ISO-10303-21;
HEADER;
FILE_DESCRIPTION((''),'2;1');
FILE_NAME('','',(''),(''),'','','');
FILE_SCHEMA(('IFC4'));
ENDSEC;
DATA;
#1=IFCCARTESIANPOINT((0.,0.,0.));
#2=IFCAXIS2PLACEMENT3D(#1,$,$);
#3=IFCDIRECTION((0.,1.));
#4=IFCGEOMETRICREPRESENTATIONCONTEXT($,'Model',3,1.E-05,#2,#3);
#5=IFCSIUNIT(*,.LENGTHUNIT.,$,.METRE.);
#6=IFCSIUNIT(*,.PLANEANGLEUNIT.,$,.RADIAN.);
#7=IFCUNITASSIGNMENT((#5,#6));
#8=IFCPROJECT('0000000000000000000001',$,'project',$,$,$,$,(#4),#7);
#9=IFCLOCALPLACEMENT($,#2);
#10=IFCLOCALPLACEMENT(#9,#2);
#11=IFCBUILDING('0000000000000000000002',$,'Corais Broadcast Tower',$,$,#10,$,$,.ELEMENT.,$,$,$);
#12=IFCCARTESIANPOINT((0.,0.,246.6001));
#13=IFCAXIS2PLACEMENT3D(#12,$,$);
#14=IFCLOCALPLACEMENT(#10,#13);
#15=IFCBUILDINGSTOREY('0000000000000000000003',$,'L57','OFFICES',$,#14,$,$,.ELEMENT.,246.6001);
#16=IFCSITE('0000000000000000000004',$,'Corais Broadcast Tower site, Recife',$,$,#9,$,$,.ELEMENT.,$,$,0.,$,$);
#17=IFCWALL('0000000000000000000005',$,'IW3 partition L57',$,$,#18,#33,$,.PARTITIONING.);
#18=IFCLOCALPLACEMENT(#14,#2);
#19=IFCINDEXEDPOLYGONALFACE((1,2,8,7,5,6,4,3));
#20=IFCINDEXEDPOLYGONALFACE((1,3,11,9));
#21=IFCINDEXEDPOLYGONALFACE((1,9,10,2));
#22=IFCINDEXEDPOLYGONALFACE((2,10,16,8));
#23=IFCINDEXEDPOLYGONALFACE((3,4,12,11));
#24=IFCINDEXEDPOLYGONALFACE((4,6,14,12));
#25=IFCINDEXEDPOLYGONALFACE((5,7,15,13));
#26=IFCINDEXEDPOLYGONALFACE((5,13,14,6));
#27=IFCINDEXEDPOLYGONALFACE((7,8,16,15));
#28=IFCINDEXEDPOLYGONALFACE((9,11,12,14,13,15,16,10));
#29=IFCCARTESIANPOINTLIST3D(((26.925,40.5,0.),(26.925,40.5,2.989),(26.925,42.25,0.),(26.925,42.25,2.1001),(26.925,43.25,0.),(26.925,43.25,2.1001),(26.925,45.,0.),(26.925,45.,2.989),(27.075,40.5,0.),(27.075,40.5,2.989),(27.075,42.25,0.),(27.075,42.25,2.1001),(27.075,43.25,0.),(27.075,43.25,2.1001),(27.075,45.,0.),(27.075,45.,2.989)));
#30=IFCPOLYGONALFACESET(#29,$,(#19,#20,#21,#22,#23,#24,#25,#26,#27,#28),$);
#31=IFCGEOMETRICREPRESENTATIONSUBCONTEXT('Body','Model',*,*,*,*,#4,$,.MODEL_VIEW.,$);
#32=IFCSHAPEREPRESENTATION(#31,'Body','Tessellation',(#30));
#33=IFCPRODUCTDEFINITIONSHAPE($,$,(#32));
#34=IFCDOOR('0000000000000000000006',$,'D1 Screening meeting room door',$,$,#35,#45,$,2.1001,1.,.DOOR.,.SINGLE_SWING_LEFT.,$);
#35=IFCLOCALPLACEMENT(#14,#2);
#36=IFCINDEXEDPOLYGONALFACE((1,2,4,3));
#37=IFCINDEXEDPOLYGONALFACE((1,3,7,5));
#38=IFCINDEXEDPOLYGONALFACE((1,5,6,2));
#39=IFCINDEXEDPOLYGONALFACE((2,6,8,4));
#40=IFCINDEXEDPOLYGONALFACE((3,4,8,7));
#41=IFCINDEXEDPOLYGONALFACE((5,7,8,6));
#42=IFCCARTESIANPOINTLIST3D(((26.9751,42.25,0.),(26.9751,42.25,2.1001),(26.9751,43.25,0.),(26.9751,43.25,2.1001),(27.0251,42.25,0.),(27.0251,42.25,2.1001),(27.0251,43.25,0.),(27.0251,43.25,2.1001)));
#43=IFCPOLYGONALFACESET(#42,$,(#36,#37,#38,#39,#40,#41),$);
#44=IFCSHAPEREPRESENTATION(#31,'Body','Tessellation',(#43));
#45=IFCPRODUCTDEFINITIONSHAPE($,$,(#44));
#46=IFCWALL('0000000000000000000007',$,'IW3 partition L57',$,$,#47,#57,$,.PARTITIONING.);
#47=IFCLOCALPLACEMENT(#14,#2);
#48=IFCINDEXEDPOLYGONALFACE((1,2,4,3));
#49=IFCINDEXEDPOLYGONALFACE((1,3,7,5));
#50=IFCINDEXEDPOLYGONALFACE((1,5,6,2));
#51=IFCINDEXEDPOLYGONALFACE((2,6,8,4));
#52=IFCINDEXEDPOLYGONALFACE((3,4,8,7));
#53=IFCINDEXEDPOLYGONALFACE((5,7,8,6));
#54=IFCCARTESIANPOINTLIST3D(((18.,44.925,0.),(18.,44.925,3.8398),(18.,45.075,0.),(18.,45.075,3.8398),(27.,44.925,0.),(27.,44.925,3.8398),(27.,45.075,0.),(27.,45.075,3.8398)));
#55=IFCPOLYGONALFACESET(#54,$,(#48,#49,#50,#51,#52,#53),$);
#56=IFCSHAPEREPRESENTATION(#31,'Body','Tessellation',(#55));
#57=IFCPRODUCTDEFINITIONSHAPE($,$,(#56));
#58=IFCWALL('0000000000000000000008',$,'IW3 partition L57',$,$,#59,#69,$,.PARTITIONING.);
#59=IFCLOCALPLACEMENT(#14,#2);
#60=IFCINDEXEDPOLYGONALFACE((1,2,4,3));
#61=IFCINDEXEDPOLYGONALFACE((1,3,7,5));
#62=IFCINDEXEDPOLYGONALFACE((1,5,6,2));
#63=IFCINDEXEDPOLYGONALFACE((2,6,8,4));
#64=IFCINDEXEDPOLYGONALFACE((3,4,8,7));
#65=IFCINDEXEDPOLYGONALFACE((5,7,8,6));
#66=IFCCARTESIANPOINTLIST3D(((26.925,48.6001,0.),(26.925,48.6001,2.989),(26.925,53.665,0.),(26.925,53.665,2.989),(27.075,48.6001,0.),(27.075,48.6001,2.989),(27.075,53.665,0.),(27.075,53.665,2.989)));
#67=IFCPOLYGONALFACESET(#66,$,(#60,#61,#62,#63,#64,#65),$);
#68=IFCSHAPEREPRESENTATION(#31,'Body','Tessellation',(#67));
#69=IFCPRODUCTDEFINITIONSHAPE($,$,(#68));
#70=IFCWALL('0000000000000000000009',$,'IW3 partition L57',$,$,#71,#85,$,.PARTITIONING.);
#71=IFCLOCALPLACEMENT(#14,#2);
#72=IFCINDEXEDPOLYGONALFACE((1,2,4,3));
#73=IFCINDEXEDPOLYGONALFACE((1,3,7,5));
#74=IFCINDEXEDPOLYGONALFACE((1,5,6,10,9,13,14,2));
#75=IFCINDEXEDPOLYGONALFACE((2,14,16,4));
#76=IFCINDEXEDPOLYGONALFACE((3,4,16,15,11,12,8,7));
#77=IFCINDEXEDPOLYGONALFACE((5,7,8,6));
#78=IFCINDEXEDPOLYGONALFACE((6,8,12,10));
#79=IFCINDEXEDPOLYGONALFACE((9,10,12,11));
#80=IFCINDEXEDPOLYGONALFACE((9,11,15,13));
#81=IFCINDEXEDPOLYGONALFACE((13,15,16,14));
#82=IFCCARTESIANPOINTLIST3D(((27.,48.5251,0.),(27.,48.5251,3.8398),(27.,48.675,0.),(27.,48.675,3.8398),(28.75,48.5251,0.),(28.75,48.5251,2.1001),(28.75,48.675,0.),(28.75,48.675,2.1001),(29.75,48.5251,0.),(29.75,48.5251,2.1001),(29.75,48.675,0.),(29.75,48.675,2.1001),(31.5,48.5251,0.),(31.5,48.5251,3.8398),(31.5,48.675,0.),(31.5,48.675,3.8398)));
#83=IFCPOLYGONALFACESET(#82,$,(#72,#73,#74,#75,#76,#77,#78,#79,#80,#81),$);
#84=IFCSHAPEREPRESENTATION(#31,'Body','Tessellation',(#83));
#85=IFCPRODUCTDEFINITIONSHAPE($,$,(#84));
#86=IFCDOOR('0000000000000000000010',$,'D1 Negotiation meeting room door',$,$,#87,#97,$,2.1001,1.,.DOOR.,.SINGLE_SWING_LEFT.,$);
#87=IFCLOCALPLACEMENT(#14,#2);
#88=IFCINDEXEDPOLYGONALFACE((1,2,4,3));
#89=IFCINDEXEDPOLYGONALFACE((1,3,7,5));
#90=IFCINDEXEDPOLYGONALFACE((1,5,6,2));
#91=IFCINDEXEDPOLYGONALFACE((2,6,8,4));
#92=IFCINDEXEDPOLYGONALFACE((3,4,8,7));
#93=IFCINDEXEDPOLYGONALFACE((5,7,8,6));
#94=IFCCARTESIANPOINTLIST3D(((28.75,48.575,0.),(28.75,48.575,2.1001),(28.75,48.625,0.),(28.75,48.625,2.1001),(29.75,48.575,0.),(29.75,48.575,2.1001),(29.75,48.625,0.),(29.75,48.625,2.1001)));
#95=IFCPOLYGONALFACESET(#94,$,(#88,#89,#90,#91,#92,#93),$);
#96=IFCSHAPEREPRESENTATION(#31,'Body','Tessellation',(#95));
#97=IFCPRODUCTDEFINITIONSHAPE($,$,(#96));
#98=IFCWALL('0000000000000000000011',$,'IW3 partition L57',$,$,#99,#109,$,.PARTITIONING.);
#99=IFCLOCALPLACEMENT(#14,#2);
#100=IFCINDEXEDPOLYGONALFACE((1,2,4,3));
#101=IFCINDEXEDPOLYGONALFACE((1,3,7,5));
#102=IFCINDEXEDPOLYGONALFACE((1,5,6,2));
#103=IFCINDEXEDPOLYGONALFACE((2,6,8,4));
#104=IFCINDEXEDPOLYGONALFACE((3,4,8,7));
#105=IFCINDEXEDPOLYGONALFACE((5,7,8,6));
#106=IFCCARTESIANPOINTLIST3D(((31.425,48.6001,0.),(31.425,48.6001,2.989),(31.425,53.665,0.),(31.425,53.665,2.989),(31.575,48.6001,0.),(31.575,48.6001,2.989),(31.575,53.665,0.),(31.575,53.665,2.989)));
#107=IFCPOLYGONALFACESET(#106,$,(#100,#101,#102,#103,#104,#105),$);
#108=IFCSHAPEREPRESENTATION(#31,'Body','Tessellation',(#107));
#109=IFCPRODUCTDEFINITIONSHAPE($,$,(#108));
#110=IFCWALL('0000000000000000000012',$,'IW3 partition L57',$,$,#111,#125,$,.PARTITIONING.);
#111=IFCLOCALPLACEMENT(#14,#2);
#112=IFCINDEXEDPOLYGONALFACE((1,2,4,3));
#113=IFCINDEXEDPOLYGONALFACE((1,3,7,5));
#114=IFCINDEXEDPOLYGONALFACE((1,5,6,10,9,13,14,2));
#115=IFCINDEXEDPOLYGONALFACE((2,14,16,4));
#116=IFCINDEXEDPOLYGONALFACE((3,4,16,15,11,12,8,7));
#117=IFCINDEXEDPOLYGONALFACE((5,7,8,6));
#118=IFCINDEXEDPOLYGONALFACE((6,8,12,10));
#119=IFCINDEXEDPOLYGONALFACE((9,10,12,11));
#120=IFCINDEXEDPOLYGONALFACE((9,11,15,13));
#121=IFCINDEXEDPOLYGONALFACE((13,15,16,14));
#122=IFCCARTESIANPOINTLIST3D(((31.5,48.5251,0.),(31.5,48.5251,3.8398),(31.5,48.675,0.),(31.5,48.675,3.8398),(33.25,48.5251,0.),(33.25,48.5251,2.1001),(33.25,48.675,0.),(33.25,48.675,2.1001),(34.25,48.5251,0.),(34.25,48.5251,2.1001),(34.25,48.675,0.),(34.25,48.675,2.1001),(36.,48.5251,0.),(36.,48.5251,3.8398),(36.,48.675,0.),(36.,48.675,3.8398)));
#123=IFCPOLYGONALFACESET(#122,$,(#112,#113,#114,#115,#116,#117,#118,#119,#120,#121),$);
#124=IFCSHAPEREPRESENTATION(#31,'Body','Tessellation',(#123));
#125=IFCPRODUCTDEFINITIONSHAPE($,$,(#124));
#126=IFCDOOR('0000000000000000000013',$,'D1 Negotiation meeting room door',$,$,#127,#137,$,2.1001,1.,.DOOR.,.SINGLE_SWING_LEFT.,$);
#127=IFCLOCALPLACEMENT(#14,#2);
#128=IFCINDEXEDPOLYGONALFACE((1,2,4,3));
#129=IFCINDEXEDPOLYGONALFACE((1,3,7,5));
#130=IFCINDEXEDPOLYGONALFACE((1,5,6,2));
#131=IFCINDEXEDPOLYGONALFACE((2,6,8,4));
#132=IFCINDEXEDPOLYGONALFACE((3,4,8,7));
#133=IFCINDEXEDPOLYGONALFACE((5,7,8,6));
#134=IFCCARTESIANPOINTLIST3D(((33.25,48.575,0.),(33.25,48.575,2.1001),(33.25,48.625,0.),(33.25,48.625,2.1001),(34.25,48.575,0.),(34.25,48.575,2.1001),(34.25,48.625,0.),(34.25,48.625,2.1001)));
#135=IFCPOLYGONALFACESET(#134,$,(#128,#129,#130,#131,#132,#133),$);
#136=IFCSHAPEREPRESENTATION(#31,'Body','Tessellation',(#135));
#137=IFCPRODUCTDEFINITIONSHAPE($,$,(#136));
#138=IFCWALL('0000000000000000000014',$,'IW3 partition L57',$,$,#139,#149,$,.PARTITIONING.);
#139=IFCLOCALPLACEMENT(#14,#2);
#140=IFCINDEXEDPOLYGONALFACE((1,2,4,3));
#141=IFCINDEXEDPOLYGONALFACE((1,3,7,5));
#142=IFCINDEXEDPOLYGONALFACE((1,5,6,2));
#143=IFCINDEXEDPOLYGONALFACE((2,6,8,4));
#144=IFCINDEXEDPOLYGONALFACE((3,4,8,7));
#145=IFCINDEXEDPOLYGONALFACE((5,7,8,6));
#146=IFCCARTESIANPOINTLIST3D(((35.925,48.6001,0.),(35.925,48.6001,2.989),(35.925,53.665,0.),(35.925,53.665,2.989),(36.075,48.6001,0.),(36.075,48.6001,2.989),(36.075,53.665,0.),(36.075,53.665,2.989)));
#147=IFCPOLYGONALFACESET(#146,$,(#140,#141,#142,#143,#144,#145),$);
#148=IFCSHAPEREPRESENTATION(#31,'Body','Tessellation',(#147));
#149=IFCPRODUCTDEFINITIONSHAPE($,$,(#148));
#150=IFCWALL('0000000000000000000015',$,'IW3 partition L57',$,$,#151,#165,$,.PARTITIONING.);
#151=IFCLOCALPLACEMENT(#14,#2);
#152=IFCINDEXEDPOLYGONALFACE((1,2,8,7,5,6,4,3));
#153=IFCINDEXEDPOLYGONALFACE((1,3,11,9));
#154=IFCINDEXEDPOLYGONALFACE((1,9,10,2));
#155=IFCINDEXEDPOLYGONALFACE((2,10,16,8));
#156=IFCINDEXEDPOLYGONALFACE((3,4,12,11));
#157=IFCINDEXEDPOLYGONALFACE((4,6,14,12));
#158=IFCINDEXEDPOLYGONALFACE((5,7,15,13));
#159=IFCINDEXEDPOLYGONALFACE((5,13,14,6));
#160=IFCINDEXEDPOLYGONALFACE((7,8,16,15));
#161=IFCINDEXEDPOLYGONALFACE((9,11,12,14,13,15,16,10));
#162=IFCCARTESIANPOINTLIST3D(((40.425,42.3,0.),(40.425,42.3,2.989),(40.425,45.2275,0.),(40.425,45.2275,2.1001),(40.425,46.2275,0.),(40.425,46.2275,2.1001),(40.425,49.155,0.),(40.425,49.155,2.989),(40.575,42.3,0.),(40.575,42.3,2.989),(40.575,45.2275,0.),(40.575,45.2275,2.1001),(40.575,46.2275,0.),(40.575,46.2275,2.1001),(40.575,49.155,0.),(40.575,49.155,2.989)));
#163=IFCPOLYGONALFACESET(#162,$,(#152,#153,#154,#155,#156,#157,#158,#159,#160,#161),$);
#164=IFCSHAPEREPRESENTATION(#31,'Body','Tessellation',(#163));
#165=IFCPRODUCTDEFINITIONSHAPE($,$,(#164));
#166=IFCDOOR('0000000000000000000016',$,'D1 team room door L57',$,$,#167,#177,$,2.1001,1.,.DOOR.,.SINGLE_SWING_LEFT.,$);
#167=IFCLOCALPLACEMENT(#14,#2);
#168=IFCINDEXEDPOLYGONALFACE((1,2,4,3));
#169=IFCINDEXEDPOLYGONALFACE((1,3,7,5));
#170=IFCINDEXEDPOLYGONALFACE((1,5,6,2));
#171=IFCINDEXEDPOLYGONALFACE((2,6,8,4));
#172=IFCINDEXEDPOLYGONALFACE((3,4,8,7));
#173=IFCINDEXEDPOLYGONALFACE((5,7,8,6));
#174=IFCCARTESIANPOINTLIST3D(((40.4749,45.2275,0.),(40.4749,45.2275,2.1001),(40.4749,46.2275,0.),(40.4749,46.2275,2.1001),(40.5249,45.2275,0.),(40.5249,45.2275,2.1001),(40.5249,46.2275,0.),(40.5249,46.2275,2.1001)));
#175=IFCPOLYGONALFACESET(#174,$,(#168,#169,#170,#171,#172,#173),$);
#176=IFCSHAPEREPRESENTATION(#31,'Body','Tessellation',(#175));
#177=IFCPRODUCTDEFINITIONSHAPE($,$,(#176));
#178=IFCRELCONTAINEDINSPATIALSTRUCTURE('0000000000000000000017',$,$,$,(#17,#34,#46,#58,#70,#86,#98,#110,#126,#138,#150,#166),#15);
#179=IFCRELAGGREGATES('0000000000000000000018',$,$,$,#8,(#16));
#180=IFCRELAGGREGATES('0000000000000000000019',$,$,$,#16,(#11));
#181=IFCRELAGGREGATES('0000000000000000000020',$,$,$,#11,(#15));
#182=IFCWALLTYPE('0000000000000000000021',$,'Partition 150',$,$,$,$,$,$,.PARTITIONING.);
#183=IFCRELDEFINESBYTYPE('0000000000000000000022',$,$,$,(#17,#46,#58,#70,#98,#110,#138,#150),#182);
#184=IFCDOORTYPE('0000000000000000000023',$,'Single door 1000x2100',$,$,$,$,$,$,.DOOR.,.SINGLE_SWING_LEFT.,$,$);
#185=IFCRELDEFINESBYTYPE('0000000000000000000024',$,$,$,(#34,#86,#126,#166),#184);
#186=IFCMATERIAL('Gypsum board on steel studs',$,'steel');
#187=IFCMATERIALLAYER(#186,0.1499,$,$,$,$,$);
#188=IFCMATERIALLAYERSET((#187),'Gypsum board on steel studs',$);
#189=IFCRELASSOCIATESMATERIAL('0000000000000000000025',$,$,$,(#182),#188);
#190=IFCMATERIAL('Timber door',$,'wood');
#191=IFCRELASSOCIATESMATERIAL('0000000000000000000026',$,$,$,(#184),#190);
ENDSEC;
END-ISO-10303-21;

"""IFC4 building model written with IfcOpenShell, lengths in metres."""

from ifc_helpers import new_model, si_unit, direction, frame, frame_2d, origin, place, context, subcontext, project, spatial, rectangle, extrude, material, layer, layer_set, type_object, element, fill, save


model = new_model("IFC4")

# Units and contexts
model_context = context("Model", 3, precision=1e-05, world=origin(), true_north=direction((0.0, 1.0)))
body_context = subcontext(model_context, "Body", "Model", "MODEL_VIEW")
ifc_project = project(units=[si_unit("LENGTHUNIT", "METRE"), si_unit("PLANEANGLEUNIT", "RADIAN")], contexts=[model_context])

# Site, building, storey
site_placement = place(None, origin())
site = spatial("IfcSite", under=ifc_project, at=site_placement, Name="Corais Broadcast Tower site, Recife", CompositionType="ELEMENT", RefElevation=0.0)
building_placement = place(site_placement, origin())
building = spatial("IfcBuilding", under=site, at=building_placement, Name="Corais Broadcast Tower", CompositionType="ELEMENT")
storey_placement = place(building_placement, frame((0.0, 0.0, 246.6001)))
storey = spatial("IfcBuildingStorey", under=building, at=storey_placement, Name="L57", Description="OFFICES", CompositionType="ELEMENT", Elevation=246.6001)

# Shared definitions
ifc_material_1 = material(Name="Gypsum board on steel studs", Category="steel")
ifc_layer_1 = layer(ifc_material_1, 0.1499)
ifc_layer_set_1 = layer_set([ifc_layer_1], Name="Gypsum board on steel studs")
wall_type_1 = type_object("IfcWallType", Name="Partition 150", PredefinedType="PARTITIONING", material=ifc_layer_set_1)

# Wall, opening, door
wall_1_placement = place(storey_placement, frame((27.0, 40.5, 0.0), z_axis=(0.0, 0.0, 1.0), x_axis=(0.0, 1.0, 0.0)))
wall_1 = element("IfcWall", 1, at=wall_1_placement, inside=storey, type_object=wall_type_1, Name="IW3 partition L57", PredefinedType="PARTITIONING", context=body_context, shape_type="SweptSolid", body=[
    extrude(rectangle(XDim=4.5, YDim=0.1499, at=frame_2d((2.25, 0.0))), origin(), (0.0, 0.0, 1.0), 2.989),
])
opening_1_placement = place(wall_1_placement, frame((1.75, 0.0, 0.0)))
opening_1 = element("IfcOpeningElement", 2, at=opening_1_placement, cuts=wall_1, PredefinedType="OPENING", context=body_context, shape_type="SweptSolid", body=[
    extrude(rectangle(XDim=1.0, YDim=2.1001, at=frame_2d((0.5, 1.05))), frame((0.0, 0.085, 0.0), z_axis=(0.0, -1.0, 0.0), x_axis=(1.0, 0.0, 0.0)), (0.0, 0.0, 1.0), 0.1699),
])
ifc_material_2 = material(Name="Timber door", Category="wood")
door_type = type_object("IfcDoorType", Name="Single door 1000x2100", OperationType="SINGLE_SWING_LEFT", PredefinedType="DOOR", material=ifc_material_2)
door_1_placement = place(opening_1_placement, origin())
door_1 = element("IfcDoor", 3, at=door_1_placement, inside=storey, type_object=door_type, Name="D1 Screening meeting room door", OperationType="SINGLE_SWING_LEFT", OverallHeight=2.1001, OverallWidth=1.0, PredefinedType="DOOR", context=body_context, shape_type="SweptSolid", body=[
    extrude(rectangle(XDim=1.0, YDim=2.1001, at=frame_2d((0.5, 1.05))), frame((0.0, 0.0249, 0.0), z_axis=(0.0, -1.0, 0.0), x_axis=(1.0, 0.0, 0.0)), (0.0, 0.0, 1.0), 0.05),
])
fill(opening_1, door_1)

# Walls
wall_2_placement = place(storey_placement, frame((27.0, 45.0, 0.0), z_axis=(0.0, 0.0, 1.0), x_axis=(-1.0, 0.0, 0.0)))
element("IfcWall", 4, at=wall_2_placement, inside=storey, type_object=wall_type_1, Name="IW3 partition L57", PredefinedType="PARTITIONING", context=body_context, shape_type="SweptSolid", body=[
    extrude(rectangle(XDim=9.0, YDim=0.1499, at=frame_2d((4.5, 0.0))), origin(), (0.0, 0.0, 1.0), 3.8398),
])
wall_3_placement = place(storey_placement, frame((27.0, 48.6001, 0.0), z_axis=(0.0, 0.0, 1.0), x_axis=(0.0, 1.0, 0.0)))
element("IfcWall", 5, at=wall_3_placement, inside=storey, type_object=wall_type_1, Name="IW3 partition L57", PredefinedType="PARTITIONING", context=body_context, shape_type="SweptSolid", body=[
    extrude(rectangle(XDim=5.0649, YDim=0.1499, at=frame_2d((2.5325, 0.0))), origin(), (0.0, 0.0, 1.0), 2.989),
])

# Wall, opening, door
wall_4_placement = place(storey_placement, frame((27.0, 48.6001, 0.0), z_axis=(0.0, 0.0, 1.0), x_axis=(1.0, 0.0, 0.0)))
wall_4 = element("IfcWall", 6, at=wall_4_placement, inside=storey, type_object=wall_type_1, Name="IW3 partition L57", PredefinedType="PARTITIONING", context=body_context, shape_type="SweptSolid", body=[
    extrude(rectangle(XDim=4.5, YDim=0.1499, at=frame_2d((2.25, 0.0))), origin(), (0.0, 0.0, 1.0), 3.8398),
])
opening_2_placement = place(wall_4_placement, frame((1.75, 0.0, 0.0)))
opening_2 = element("IfcOpeningElement", 7, at=opening_2_placement, cuts=wall_4, PredefinedType="OPENING", context=body_context, shape_type="SweptSolid", body=[
    extrude(rectangle(XDim=1.0, YDim=2.1001, at=frame_2d((0.5, 1.05))), frame((0.0, 0.085, 0.0), z_axis=(0.0, -1.0, 0.0), x_axis=(1.0, 0.0, 0.0)), (0.0, 0.0, 1.0), 0.1699),
])
door_2_placement = place(opening_2_placement, origin())
door_2 = element("IfcDoor", 8, at=door_2_placement, inside=storey, type_object=door_type, Name="D1 Negotiation meeting room door", OperationType="SINGLE_SWING_LEFT", OverallHeight=2.1001, OverallWidth=1.0, PredefinedType="DOOR", context=body_context, shape_type="SweptSolid", body=[
    extrude(rectangle(XDim=1.0, YDim=2.1001, at=frame_2d((0.5, 1.05))), frame((0.0, 0.0249, 0.0), z_axis=(0.0, -1.0, 0.0), x_axis=(1.0, 0.0, 0.0)), (0.0, 0.0, 1.0), 0.05),
])
fill(opening_2, door_2)

# Wall
wall_5_placement = place(storey_placement, frame((31.5, 48.6001, 0.0), z_axis=(0.0, 0.0, 1.0), x_axis=(0.0, 1.0, 0.0)))
element("IfcWall", 9, at=wall_5_placement, inside=storey, type_object=wall_type_1, Name="IW3 partition L57", PredefinedType="PARTITIONING", context=body_context, shape_type="SweptSolid", body=[
    extrude(rectangle(XDim=5.0649, YDim=0.1499, at=frame_2d((2.5325, 0.0))), origin(), (0.0, 0.0, 1.0), 2.989),
])

# Wall, opening, door
wall_6_placement = place(storey_placement, frame((31.5, 48.6001, 0.0), z_axis=(0.0, 0.0, 1.0), x_axis=(1.0, 0.0, 0.0)))
wall_6 = element("IfcWall", 10, at=wall_6_placement, inside=storey, type_object=wall_type_1, Name="IW3 partition L57", PredefinedType="PARTITIONING", context=body_context, shape_type="SweptSolid", body=[
    extrude(rectangle(XDim=4.5, YDim=0.1499, at=frame_2d((2.25, 0.0))), origin(), (0.0, 0.0, 1.0), 3.8398),
])
opening_3_placement = place(wall_6_placement, frame((1.75, 0.0, 0.0)))
opening_3 = element("IfcOpeningElement", 11, at=opening_3_placement, cuts=wall_6, PredefinedType="OPENING", context=body_context, shape_type="SweptSolid", body=[
    extrude(rectangle(XDim=1.0, YDim=2.1001, at=frame_2d((0.5, 1.05))), frame((0.0, 0.085, 0.0), z_axis=(0.0, -1.0, 0.0), x_axis=(1.0, 0.0, 0.0)), (0.0, 0.0, 1.0), 0.1699),
])
door_3_placement = place(opening_3_placement, origin())
door_3 = element("IfcDoor", 12, at=door_3_placement, inside=storey, type_object=door_type, Name="D1 Negotiation meeting room door", OperationType="SINGLE_SWING_LEFT", OverallHeight=2.1001, OverallWidth=1.0, PredefinedType="DOOR", context=body_context, shape_type="SweptSolid", body=[
    extrude(rectangle(XDim=1.0, YDim=2.1001, at=frame_2d((0.5, 1.05))), frame((0.0, 0.0249, 0.0), z_axis=(0.0, -1.0, 0.0), x_axis=(1.0, 0.0, 0.0)), (0.0, 0.0, 1.0), 0.05),
])
fill(opening_3, door_3)

# Wall
wall_7_placement = place(storey_placement, frame((36.0, 48.6001, 0.0), z_axis=(0.0, 0.0, 1.0), x_axis=(0.0, 1.0, 0.0)))
element("IfcWall", 13, at=wall_7_placement, inside=storey, type_object=wall_type_1, Name="IW3 partition L57", PredefinedType="PARTITIONING", context=body_context, shape_type="SweptSolid", body=[
    extrude(rectangle(XDim=5.0649, YDim=0.1499, at=frame_2d((2.5325, 0.0))), origin(), (0.0, 0.0, 1.0), 2.989),
])

# Wall, opening, door
wall_8_placement = place(storey_placement, frame((40.5, 49.155, 0.0), z_axis=(0.0, 0.0, 1.0), x_axis=(0.0, -1.0, 0.0)))
wall_8 = element("IfcWall", 14, at=wall_8_placement, inside=storey, type_object=wall_type_1, Name="IW3 partition L57", PredefinedType="PARTITIONING", context=body_context, shape_type="SweptSolid", body=[
    extrude(rectangle(XDim=6.855, YDim=0.1499, at=frame_2d((3.4275, 0.0))), origin(), (0.0, 0.0, 1.0), 2.989),
])
opening_4_placement = place(wall_8_placement, frame((2.9275, 0.0, 0.0)))
opening_4 = element("IfcOpeningElement", 15, at=opening_4_placement, cuts=wall_8, PredefinedType="OPENING", context=body_context, shape_type="SweptSolid", body=[
    extrude(rectangle(XDim=1.0, YDim=2.1001, at=frame_2d((0.5, 1.05))), frame((0.0, 0.085, 0.0), z_axis=(0.0, -1.0, 0.0), x_axis=(1.0, 0.0, 0.0)), (0.0, 0.0, 1.0), 0.1699),
])
door_4_placement = place(opening_4_placement, origin())
door_4 = element("IfcDoor", 16, at=door_4_placement, inside=storey, type_object=door_type, Name="D1 team room door L57", OperationType="SINGLE_SWING_LEFT", OverallHeight=2.1001, OverallWidth=1.0, PredefinedType="DOOR", context=body_context, shape_type="SweptSolid", body=[
    extrude(rectangle(XDim=1.0, YDim=2.1001, at=frame_2d((0.5, 1.05))), frame((0.0, 0.0249, 0.0), z_axis=(0.0, -1.0, 0.0), x_axis=(1.0, 0.0, 0.0)), (0.0, 0.0, 1.0), 0.05),
])
fill(opening_4, door_4)

save(model, "model.ifc")
